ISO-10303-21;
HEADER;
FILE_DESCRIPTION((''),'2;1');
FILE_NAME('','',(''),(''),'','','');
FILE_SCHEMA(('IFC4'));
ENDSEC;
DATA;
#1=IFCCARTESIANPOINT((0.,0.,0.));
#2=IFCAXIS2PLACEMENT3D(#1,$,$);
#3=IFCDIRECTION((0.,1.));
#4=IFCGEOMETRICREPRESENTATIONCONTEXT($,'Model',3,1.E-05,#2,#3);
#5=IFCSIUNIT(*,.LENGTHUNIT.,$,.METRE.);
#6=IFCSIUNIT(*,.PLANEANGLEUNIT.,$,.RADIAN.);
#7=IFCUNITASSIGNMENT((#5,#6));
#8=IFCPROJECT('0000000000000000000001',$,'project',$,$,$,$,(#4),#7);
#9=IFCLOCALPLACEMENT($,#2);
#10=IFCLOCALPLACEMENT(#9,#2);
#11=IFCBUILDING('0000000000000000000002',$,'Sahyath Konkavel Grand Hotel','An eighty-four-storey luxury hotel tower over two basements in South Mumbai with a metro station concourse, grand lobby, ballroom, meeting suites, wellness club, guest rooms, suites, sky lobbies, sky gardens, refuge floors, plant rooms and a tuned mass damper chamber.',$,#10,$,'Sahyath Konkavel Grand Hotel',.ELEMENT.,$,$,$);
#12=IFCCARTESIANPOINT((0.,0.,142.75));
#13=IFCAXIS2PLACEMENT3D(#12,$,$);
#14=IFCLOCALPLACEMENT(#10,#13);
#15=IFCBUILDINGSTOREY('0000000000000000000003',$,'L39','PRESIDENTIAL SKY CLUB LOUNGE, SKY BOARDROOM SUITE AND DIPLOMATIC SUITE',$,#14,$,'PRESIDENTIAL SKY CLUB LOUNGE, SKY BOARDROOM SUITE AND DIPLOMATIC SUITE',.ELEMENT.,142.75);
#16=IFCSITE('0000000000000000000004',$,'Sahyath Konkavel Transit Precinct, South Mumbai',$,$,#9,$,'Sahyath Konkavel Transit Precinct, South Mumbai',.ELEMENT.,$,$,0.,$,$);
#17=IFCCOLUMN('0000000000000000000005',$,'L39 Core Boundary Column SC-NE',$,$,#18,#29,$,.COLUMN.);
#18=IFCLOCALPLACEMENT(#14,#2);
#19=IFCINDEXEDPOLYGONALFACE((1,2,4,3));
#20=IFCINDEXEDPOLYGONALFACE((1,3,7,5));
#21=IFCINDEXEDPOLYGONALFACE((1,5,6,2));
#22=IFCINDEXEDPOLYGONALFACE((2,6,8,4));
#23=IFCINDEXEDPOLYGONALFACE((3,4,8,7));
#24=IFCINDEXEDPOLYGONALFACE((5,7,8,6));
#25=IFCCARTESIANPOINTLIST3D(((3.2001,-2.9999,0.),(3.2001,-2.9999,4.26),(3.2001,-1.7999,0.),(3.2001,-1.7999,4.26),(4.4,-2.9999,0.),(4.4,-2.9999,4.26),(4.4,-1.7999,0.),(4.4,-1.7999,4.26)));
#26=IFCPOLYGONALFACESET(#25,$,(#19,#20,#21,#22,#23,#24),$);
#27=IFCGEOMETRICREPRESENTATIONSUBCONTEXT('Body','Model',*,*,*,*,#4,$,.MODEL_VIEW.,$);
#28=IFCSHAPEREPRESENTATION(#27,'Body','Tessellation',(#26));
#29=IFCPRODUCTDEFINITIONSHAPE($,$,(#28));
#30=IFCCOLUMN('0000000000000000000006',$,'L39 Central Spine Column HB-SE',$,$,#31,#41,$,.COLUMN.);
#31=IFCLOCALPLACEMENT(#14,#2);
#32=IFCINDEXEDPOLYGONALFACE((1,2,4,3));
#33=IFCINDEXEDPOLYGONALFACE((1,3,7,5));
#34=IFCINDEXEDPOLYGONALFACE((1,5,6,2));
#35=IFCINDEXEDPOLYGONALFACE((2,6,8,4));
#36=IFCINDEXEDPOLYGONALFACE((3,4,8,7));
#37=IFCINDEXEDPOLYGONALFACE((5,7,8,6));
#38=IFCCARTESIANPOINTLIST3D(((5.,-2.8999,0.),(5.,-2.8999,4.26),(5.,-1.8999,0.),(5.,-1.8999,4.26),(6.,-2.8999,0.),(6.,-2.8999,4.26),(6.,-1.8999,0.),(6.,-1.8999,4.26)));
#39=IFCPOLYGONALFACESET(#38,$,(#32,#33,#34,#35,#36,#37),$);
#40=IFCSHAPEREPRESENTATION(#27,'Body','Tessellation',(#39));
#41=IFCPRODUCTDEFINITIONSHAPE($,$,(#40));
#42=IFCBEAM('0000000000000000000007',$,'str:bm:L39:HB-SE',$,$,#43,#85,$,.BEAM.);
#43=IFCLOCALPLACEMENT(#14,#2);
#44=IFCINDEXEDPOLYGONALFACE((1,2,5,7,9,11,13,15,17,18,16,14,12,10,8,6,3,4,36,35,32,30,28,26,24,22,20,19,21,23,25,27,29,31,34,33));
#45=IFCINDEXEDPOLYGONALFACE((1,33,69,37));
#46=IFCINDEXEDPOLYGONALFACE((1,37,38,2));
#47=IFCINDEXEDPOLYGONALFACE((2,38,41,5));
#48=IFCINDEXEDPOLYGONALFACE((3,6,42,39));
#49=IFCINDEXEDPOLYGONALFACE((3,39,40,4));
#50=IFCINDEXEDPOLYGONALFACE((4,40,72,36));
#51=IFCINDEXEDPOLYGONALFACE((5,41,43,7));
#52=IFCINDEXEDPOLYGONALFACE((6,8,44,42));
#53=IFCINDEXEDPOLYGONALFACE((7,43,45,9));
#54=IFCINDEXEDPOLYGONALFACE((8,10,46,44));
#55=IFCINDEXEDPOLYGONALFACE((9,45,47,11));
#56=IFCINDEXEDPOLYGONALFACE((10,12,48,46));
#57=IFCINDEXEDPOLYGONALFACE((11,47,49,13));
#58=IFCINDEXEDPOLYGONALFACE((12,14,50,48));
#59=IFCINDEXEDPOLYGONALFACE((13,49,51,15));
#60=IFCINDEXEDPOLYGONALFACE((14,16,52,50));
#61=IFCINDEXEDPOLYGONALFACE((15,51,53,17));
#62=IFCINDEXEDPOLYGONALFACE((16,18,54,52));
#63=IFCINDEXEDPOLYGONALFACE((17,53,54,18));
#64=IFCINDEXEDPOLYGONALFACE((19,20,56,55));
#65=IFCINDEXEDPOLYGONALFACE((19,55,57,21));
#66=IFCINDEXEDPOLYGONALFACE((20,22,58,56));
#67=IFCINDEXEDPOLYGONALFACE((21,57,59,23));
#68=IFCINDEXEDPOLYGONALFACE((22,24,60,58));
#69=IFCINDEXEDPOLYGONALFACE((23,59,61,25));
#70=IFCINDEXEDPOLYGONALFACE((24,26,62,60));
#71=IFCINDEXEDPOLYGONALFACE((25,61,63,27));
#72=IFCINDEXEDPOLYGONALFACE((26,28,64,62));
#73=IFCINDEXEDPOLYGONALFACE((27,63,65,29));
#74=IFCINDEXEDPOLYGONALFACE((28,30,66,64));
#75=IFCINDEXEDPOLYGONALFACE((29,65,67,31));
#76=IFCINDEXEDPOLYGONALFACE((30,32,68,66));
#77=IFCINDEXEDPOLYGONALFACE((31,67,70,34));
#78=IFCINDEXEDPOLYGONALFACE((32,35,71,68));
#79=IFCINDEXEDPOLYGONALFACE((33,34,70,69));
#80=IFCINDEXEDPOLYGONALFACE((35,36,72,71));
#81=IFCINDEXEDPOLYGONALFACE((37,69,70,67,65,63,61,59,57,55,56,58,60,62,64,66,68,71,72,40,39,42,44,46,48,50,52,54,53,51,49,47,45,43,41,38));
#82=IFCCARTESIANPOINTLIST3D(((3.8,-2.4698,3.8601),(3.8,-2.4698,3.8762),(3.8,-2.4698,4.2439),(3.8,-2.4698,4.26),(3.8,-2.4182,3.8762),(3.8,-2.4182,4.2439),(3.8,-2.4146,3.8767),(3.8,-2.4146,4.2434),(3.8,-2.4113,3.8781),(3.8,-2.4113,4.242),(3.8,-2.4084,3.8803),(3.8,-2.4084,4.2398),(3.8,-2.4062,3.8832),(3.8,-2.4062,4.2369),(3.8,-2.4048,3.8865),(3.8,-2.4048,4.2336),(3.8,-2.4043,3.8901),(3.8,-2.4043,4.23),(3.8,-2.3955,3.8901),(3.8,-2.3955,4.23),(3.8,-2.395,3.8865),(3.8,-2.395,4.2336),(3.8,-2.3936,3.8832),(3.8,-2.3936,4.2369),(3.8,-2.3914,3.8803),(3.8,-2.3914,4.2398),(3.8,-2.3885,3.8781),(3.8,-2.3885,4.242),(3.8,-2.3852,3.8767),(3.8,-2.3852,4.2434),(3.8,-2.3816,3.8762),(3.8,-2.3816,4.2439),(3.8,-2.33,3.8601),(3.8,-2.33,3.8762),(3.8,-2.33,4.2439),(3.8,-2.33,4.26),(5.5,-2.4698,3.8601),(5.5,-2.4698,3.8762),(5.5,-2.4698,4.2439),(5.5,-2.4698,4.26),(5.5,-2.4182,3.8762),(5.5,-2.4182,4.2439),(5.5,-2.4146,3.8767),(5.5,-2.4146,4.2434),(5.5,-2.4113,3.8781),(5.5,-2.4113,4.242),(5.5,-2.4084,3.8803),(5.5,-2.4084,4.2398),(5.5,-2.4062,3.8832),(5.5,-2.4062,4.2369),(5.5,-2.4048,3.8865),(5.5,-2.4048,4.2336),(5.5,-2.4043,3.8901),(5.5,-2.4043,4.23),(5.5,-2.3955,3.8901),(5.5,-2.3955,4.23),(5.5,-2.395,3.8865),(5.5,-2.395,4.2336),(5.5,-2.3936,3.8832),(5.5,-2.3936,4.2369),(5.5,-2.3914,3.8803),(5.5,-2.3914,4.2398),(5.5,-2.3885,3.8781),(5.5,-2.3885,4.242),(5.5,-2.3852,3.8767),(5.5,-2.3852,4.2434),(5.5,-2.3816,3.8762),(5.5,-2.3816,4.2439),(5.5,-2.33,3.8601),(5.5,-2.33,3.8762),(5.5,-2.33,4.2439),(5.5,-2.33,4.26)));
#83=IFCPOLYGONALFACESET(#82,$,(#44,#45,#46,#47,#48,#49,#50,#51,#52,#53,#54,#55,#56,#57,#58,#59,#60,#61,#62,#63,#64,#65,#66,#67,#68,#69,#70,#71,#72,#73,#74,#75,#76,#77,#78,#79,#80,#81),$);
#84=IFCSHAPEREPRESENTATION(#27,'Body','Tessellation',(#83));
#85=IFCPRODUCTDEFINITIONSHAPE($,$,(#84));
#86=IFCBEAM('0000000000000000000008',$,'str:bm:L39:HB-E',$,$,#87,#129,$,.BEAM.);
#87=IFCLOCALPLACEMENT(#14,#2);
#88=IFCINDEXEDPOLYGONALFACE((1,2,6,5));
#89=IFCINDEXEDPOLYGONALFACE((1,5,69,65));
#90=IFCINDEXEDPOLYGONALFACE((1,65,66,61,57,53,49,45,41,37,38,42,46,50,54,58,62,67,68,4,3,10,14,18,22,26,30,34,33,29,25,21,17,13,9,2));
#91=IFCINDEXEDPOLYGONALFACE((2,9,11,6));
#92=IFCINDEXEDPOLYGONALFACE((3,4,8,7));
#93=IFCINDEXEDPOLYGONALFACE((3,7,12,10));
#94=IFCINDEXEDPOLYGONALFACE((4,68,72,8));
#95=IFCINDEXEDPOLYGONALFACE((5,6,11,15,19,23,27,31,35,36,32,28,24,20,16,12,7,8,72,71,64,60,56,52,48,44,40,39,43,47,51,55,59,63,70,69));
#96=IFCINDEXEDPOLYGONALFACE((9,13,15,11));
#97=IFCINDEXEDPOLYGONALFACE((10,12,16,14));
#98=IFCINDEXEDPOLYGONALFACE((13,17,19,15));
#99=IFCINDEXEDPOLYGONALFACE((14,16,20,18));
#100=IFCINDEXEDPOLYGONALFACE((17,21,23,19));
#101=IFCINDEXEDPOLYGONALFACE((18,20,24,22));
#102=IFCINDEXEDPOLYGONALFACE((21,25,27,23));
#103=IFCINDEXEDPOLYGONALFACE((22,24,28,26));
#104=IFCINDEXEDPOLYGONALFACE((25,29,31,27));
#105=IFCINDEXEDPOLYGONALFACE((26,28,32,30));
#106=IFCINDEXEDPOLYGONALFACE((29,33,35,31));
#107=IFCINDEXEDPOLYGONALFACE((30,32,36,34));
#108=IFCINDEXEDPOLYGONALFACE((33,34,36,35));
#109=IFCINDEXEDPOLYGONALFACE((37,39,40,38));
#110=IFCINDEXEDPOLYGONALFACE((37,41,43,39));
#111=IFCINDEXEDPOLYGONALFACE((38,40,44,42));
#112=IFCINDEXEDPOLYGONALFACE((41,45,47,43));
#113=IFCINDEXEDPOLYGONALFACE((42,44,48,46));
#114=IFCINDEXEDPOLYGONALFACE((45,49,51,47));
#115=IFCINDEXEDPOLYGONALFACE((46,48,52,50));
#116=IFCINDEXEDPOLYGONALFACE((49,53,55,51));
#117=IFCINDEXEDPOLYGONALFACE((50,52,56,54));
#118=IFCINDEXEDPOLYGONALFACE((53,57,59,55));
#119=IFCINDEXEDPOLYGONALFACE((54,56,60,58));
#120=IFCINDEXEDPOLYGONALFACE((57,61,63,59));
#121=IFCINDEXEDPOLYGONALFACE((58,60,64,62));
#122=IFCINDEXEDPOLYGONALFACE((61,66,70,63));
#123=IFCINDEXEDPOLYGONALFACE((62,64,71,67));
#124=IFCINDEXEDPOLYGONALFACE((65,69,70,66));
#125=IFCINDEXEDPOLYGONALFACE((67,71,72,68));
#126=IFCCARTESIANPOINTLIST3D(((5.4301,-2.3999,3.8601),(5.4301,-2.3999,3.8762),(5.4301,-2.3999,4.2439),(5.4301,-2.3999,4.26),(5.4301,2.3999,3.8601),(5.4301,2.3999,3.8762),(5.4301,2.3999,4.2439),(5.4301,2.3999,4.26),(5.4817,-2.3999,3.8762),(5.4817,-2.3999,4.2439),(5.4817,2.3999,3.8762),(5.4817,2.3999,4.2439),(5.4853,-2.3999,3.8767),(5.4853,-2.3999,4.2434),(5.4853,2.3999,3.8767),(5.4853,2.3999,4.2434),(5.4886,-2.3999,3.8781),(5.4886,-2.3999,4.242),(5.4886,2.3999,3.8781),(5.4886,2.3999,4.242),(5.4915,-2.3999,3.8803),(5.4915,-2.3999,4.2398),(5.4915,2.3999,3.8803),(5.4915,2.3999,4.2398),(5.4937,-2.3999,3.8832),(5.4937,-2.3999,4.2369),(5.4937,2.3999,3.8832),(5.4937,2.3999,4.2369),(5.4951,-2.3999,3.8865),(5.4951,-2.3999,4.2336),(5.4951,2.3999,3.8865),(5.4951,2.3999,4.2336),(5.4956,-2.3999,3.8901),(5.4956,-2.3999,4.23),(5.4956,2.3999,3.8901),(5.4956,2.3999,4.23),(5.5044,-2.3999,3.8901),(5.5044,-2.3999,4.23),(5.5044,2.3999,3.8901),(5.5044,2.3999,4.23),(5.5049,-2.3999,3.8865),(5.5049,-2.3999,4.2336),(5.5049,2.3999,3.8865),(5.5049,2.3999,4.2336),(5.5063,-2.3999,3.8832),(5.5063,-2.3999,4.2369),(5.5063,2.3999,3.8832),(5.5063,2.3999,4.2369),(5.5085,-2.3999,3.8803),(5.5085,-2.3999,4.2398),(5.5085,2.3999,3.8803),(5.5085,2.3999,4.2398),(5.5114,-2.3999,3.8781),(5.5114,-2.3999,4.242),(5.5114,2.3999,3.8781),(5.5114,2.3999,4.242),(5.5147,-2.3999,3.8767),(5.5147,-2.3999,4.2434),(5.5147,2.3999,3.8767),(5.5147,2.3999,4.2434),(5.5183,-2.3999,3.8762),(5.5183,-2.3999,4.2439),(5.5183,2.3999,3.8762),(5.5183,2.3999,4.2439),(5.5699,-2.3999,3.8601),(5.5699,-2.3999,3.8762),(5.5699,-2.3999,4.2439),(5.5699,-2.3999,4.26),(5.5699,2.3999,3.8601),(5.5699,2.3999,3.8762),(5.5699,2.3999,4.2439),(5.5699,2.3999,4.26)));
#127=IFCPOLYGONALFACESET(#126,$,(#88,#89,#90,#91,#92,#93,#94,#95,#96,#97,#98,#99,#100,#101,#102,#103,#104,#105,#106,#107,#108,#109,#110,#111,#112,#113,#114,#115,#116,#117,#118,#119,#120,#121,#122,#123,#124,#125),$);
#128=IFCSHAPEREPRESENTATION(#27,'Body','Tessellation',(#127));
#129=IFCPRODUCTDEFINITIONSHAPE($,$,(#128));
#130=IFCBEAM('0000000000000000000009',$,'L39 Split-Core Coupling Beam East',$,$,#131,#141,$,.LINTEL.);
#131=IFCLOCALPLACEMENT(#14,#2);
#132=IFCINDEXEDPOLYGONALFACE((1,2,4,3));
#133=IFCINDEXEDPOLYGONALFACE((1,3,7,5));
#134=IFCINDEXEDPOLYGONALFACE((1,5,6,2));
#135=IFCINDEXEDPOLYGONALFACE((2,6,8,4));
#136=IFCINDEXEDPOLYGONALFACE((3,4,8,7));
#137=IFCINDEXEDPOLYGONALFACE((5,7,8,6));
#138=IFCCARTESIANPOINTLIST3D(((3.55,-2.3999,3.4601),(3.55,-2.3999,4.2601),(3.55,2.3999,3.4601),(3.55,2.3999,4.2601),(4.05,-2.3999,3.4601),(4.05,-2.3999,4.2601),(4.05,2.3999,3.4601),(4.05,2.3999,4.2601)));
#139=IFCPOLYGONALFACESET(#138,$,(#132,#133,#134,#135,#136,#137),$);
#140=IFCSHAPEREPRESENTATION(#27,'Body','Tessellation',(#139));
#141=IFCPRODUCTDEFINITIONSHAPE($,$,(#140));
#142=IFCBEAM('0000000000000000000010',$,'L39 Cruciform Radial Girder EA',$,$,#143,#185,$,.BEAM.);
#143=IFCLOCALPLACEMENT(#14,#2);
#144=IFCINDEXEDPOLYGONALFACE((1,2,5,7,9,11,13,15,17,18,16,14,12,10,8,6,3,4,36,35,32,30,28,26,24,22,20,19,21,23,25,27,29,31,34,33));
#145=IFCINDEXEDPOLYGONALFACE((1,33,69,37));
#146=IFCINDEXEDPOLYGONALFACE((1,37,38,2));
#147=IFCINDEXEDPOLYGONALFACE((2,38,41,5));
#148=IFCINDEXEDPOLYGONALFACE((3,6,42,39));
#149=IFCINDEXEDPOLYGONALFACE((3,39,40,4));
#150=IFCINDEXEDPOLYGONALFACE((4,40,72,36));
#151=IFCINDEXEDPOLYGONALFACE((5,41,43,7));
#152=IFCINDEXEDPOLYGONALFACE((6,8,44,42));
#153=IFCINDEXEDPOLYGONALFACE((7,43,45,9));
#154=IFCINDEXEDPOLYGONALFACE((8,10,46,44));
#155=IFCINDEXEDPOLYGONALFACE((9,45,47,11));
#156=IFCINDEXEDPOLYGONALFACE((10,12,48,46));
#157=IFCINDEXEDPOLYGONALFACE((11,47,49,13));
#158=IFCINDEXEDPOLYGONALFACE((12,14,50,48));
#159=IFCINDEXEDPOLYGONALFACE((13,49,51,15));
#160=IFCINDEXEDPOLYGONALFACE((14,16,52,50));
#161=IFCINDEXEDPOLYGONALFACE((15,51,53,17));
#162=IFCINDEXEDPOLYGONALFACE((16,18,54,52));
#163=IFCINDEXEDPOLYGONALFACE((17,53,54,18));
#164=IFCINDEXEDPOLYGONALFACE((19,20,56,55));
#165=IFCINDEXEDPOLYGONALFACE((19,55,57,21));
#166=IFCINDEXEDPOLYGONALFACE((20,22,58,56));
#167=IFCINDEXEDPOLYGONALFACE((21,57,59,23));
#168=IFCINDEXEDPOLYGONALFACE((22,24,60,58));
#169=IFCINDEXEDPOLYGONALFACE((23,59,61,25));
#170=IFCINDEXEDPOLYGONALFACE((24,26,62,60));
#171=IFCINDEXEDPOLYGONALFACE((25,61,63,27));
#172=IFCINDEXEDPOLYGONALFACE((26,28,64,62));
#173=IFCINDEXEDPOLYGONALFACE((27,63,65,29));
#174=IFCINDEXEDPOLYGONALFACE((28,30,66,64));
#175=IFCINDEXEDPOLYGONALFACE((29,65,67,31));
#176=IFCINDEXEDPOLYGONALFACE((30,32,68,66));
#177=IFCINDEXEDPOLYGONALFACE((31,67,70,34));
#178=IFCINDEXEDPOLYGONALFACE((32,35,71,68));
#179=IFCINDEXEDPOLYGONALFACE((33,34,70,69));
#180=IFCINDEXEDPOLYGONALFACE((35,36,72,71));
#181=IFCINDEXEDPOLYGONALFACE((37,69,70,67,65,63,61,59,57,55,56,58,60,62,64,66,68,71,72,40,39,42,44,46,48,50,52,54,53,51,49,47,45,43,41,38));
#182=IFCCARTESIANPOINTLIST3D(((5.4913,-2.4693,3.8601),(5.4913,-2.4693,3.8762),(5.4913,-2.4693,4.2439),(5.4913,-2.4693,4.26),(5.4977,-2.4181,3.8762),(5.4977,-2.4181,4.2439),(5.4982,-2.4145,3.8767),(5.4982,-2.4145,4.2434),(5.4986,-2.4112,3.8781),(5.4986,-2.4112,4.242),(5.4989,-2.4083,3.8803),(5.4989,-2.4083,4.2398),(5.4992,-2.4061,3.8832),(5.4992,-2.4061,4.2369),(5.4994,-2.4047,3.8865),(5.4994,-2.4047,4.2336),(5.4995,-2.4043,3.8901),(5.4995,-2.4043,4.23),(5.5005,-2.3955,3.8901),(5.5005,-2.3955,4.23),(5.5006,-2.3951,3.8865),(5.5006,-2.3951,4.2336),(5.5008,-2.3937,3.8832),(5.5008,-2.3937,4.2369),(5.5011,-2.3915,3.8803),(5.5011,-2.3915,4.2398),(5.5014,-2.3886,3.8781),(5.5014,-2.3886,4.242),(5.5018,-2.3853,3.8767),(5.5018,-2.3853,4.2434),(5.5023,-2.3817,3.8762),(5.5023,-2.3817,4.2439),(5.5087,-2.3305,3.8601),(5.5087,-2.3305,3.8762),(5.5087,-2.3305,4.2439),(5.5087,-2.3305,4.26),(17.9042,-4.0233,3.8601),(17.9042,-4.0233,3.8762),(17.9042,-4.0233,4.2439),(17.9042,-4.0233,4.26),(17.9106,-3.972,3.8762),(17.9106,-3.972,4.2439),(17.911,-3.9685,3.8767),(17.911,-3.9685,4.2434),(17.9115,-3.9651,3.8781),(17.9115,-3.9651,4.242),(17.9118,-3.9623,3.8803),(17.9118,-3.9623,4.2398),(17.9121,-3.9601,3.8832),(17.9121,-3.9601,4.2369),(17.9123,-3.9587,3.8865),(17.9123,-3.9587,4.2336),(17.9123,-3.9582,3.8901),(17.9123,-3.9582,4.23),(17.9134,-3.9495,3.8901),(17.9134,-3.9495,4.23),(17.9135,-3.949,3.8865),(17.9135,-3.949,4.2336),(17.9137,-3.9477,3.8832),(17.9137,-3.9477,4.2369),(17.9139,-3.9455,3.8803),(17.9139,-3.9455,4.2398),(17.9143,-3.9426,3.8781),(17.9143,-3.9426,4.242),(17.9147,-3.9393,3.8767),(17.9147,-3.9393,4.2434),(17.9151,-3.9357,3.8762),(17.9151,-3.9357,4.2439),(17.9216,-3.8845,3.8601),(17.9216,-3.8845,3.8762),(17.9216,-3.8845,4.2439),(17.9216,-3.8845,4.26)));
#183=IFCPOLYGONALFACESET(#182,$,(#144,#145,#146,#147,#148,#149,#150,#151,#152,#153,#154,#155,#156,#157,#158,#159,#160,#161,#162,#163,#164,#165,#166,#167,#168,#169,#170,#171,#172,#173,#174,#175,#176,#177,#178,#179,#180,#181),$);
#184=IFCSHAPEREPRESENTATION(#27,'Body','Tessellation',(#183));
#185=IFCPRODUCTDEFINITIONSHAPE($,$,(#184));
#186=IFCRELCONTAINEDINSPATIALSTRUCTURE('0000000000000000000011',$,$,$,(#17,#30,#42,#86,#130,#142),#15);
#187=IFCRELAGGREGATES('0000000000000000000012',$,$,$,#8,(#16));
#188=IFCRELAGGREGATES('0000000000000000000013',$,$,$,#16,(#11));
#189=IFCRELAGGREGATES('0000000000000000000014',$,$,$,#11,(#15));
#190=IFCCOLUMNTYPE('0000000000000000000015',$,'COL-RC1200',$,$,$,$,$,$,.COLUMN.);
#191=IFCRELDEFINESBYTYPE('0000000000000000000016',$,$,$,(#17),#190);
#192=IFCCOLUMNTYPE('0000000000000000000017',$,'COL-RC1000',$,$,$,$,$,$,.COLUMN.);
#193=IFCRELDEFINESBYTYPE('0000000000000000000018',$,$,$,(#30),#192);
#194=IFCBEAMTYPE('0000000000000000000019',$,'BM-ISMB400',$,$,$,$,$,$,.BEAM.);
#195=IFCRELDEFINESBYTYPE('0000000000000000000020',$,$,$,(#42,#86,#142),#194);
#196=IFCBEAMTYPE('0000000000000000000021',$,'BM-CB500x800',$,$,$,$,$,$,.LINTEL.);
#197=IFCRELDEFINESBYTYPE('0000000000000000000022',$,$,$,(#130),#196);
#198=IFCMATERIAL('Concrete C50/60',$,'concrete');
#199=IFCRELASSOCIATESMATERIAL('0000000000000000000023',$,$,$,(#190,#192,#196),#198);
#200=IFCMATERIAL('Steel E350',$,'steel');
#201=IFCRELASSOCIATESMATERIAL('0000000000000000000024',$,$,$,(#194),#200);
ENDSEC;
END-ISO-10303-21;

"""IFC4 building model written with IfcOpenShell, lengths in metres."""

from ifc_helpers import new_model, si_unit, direction, frame, origin, origin_2d, place, context, subcontext, project, spatial, rectangle, i_section, extrude, source, transform, mapped, material, material_profile, profile_set, type_object, element, save


model = new_model("IFC4")

# Units and contexts
model_context = context("Model", 3, precision=1e-05, world=origin(), true_north=direction((0.0, 1.0)))
body_context = subcontext(model_context, "Body", "Model", "MODEL_VIEW")
ifc_project = project(units=[si_unit("LENGTHUNIT", "METRE"), si_unit("PLANEANGLEUNIT", "RADIAN")], contexts=[model_context])

# Site, building, storey
site_placement = place(None, origin())
site = spatial("IfcSite", under=ifc_project, at=site_placement, Name="Sahyath Konkavel Transit Precinct, South Mumbai", LongName="Sahyath Konkavel Transit Precinct, South Mumbai", CompositionType="ELEMENT", RefElevation=0.0)
building_placement = place(site_placement, origin())
building = spatial("IfcBuilding", under=site, at=building_placement, Name="Sahyath Konkavel Grand Hotel", Description="An eighty-four-storey luxury hotel tower over two basements in South Mumbai with a metro station concourse, grand lobby, ballroom, meeting suites, wellness club, guest rooms, suites, sky lobbies, sky gardens, refuge floors, plant rooms and a tuned mass damper chamber.", LongName="Sahyath Konkavel Grand Hotel", CompositionType="ELEMENT")
storey_placement = place(building_placement, frame((0.0, 0.0, 142.75)))
storey = spatial("IfcBuildingStorey", under=building, at=storey_placement, Name="L39", Description="PRESIDENTIAL SKY CLUB LOUNGE, SKY BOARDROOM SUITE AND DIPLOMATIC SUITE", LongName="PRESIDENTIAL SKY CLUB LOUNGE, SKY BOARDROOM SUITE AND DIPLOMATIC SUITE", CompositionType="ELEMENT", Elevation=142.75)

# Columns
ifc_material_1 = material(Name="Concrete C50/60", Category="concrete")
ifc_material_profile_1 = material_profile(ifc_material_1, rectangle(XDim=1.2, YDim=1.2, at=origin_2d()), Name="RC 1200x1200")
ifc_profile_set_1 = profile_set([ifc_material_profile_1], Name="Concrete C50/60")
column_type_1 = type_object("IfcColumnType", Name="COL-RC1200", PredefinedType="COLUMN", material=ifc_profile_set_1)
shared_shape_1 = source(origin(), body_context, "Body", "SweptSolid", [
    extrude(rectangle(XDim=1.2, YDim=1.2, at=origin_2d()), origin(), (0.0, 0.0, 1.0), 4.26),
])
column_1_placement = place(storey_placement, frame((3.8, -2.3999, 0.0), z_axis=(0.0, 0.0, 1.0), x_axis=(1.0, 0.0, 0.0)))
element("IfcColumn", 1, at=column_1_placement, inside=storey, type_object=column_type_1, Name="L39 Core Boundary Column SC-NE", PredefinedType="COLUMN", context=body_context, shape_type="MappedRepresentation", body=[
    mapped(shared_shape_1, transform((0.0, 0.0, 0.0), scale=1.0)),
])
ifc_material_profile_2 = material_profile(ifc_material_1, rectangle(XDim=1.0, YDim=1.0, at=origin_2d()), Name="RC 1000x1000")
ifc_profile_set_2 = profile_set([ifc_material_profile_2], Name="Concrete C50/60")
column_type_2 = type_object("IfcColumnType", Name="COL-RC1000", PredefinedType="COLUMN", material=ifc_profile_set_2)
shared_shape_2 = source(origin(), body_context, "Body", "SweptSolid", [
    extrude(rectangle(XDim=1.0, YDim=1.0, at=origin_2d()), origin(), (0.0, 0.0, 1.0), 4.26),
])
column_2_placement = place(storey_placement, frame((5.5, -2.3999, 0.0), z_axis=(0.0, 0.0, 1.0), x_axis=(1.0, 0.0, 0.0)))
element("IfcColumn", 2, at=column_2_placement, inside=storey, type_object=column_type_2, Name="L39 Central Spine Column HB-SE", PredefinedType="COLUMN", context=body_context, shape_type="MappedRepresentation", body=[
    mapped(shared_shape_2, transform((0.0, 0.0, 0.0), scale=1.0)),
])

# Beams
ifc_material_2 = material(Name="Steel E350", Category="steel")
ifc_material_profile_3 = material_profile(ifc_material_2, i_section(OverallWidth=0.1399, OverallDepth=0.3999, WebThickness=0.0088, FlangeThickness=0.0161, FilletRadius=0.0139, at=origin_2d()), Name="ISMB 400")
ifc_profile_set_3 = profile_set([ifc_material_profile_3], Name="Steel E350")
beam_type_1 = type_object("IfcBeamType", Name="BM-ISMB400", PredefinedType="BEAM", material=ifc_profile_set_3)
shared_shape_3 = source(origin(), body_context, "Body", "SweptSolid", [
    extrude(i_section(OverallWidth=0.1399, OverallDepth=0.3999, WebThickness=0.0088, FlangeThickness=0.0161, FilletRadius=0.0139, at=origin_2d()), origin(), (0.0, 0.0, 1.0), 1.7),
])
beam_1_placement = place(storey_placement, frame((3.8, -2.3999, 4.0601), z_axis=(1.0, 0.0, 0.0), x_axis=(0.0, 1.0, 0.0)))
element("IfcBeam", 3, at=beam_1_placement, inside=storey, type_object=beam_type_1, Name="str:bm:L39:HB-SE", PredefinedType="BEAM", context=body_context, shape_type="MappedRepresentation", body=[
    mapped(shared_shape_3, transform((0.0, 0.0, 0.0), scale=1.0)),
])
shared_shape_4 = source(origin(), body_context, "Body", "SweptSolid", [
    extrude(i_section(OverallWidth=0.1399, OverallDepth=0.3999, WebThickness=0.0088, FlangeThickness=0.0161, FilletRadius=0.0139, at=origin_2d()), origin(), (0.0, 0.0, 1.0), 4.7998),
])
beam_2_placement = place(storey_placement, frame((5.5, -2.3999, 4.0601), z_axis=(0.0, 1.0, 0.0), x_axis=(-1.0, 0.0, 0.0)))
element("IfcBeam", 4, at=beam_2_placement, inside=storey, type_object=beam_type_1, Name="str:bm:L39:HB-E", PredefinedType="BEAM", context=body_context, shape_type="MappedRepresentation", body=[
    mapped(shared_shape_4, transform((0.0, 0.0, 0.0), scale=1.0)),
])
ifc_material_profile_4 = material_profile(ifc_material_1, rectangle(XDim=0.5, YDim=0.8, at=origin_2d()), Name="RC 500x800")
ifc_profile_set_4 = profile_set([ifc_material_profile_4], Name="Concrete C50/60")
beam_type_2 = type_object("IfcBeamType", Name="BM-CB500x800", PredefinedType="LINTEL", material=ifc_profile_set_4)
shared_shape_5 = source(origin(), body_context, "Body", "SweptSolid", [
    extrude(rectangle(XDim=0.5, YDim=0.8, at=origin_2d()), origin(), (0.0, 0.0, 1.0), 4.7998),
])
beam_3_placement = place(storey_placement, frame((3.8, -2.3999, 3.8601), z_axis=(0.0, 1.0, 0.0), x_axis=(-1.0, 0.0, 0.0)))
element("IfcBeam", 5, at=beam_3_placement, inside=storey, type_object=beam_type_2, Name="L39 Split-Core Coupling Beam East", PredefinedType="LINTEL", context=body_context, shape_type="MappedRepresentation", body=[
    mapped(shared_shape_5, transform((0.0, 0.0, 0.0), scale=1.0)),
])
shared_shape_6 = source(origin(), body_context, "Body", "SweptSolid", [
    extrude(i_section(OverallWidth=0.1399, OverallDepth=0.3999, WebThickness=0.0088, FlangeThickness=0.0161, FilletRadius=0.0139, at=origin_2d()), origin(), (0.0, 0.0, 1.0), 12.5098),
])
beam_4_placement = place(storey_placement, frame((5.5, -2.3999, 4.0601), z_axis=(0.992255, -0.12422, 0.0), x_axis=(0.12422, 0.992255, 0.0)))
element("IfcBeam", 6, at=beam_4_placement, inside=storey, type_object=beam_type_1, Name="L39 Cruciform Radial Girder EA", PredefinedType="BEAM", context=body_context, shape_type="MappedRepresentation", body=[
    mapped(shared_shape_6, transform((0.0, 0.0, 0.0), scale=1.0)),
])

save(model, "model.ifc")
